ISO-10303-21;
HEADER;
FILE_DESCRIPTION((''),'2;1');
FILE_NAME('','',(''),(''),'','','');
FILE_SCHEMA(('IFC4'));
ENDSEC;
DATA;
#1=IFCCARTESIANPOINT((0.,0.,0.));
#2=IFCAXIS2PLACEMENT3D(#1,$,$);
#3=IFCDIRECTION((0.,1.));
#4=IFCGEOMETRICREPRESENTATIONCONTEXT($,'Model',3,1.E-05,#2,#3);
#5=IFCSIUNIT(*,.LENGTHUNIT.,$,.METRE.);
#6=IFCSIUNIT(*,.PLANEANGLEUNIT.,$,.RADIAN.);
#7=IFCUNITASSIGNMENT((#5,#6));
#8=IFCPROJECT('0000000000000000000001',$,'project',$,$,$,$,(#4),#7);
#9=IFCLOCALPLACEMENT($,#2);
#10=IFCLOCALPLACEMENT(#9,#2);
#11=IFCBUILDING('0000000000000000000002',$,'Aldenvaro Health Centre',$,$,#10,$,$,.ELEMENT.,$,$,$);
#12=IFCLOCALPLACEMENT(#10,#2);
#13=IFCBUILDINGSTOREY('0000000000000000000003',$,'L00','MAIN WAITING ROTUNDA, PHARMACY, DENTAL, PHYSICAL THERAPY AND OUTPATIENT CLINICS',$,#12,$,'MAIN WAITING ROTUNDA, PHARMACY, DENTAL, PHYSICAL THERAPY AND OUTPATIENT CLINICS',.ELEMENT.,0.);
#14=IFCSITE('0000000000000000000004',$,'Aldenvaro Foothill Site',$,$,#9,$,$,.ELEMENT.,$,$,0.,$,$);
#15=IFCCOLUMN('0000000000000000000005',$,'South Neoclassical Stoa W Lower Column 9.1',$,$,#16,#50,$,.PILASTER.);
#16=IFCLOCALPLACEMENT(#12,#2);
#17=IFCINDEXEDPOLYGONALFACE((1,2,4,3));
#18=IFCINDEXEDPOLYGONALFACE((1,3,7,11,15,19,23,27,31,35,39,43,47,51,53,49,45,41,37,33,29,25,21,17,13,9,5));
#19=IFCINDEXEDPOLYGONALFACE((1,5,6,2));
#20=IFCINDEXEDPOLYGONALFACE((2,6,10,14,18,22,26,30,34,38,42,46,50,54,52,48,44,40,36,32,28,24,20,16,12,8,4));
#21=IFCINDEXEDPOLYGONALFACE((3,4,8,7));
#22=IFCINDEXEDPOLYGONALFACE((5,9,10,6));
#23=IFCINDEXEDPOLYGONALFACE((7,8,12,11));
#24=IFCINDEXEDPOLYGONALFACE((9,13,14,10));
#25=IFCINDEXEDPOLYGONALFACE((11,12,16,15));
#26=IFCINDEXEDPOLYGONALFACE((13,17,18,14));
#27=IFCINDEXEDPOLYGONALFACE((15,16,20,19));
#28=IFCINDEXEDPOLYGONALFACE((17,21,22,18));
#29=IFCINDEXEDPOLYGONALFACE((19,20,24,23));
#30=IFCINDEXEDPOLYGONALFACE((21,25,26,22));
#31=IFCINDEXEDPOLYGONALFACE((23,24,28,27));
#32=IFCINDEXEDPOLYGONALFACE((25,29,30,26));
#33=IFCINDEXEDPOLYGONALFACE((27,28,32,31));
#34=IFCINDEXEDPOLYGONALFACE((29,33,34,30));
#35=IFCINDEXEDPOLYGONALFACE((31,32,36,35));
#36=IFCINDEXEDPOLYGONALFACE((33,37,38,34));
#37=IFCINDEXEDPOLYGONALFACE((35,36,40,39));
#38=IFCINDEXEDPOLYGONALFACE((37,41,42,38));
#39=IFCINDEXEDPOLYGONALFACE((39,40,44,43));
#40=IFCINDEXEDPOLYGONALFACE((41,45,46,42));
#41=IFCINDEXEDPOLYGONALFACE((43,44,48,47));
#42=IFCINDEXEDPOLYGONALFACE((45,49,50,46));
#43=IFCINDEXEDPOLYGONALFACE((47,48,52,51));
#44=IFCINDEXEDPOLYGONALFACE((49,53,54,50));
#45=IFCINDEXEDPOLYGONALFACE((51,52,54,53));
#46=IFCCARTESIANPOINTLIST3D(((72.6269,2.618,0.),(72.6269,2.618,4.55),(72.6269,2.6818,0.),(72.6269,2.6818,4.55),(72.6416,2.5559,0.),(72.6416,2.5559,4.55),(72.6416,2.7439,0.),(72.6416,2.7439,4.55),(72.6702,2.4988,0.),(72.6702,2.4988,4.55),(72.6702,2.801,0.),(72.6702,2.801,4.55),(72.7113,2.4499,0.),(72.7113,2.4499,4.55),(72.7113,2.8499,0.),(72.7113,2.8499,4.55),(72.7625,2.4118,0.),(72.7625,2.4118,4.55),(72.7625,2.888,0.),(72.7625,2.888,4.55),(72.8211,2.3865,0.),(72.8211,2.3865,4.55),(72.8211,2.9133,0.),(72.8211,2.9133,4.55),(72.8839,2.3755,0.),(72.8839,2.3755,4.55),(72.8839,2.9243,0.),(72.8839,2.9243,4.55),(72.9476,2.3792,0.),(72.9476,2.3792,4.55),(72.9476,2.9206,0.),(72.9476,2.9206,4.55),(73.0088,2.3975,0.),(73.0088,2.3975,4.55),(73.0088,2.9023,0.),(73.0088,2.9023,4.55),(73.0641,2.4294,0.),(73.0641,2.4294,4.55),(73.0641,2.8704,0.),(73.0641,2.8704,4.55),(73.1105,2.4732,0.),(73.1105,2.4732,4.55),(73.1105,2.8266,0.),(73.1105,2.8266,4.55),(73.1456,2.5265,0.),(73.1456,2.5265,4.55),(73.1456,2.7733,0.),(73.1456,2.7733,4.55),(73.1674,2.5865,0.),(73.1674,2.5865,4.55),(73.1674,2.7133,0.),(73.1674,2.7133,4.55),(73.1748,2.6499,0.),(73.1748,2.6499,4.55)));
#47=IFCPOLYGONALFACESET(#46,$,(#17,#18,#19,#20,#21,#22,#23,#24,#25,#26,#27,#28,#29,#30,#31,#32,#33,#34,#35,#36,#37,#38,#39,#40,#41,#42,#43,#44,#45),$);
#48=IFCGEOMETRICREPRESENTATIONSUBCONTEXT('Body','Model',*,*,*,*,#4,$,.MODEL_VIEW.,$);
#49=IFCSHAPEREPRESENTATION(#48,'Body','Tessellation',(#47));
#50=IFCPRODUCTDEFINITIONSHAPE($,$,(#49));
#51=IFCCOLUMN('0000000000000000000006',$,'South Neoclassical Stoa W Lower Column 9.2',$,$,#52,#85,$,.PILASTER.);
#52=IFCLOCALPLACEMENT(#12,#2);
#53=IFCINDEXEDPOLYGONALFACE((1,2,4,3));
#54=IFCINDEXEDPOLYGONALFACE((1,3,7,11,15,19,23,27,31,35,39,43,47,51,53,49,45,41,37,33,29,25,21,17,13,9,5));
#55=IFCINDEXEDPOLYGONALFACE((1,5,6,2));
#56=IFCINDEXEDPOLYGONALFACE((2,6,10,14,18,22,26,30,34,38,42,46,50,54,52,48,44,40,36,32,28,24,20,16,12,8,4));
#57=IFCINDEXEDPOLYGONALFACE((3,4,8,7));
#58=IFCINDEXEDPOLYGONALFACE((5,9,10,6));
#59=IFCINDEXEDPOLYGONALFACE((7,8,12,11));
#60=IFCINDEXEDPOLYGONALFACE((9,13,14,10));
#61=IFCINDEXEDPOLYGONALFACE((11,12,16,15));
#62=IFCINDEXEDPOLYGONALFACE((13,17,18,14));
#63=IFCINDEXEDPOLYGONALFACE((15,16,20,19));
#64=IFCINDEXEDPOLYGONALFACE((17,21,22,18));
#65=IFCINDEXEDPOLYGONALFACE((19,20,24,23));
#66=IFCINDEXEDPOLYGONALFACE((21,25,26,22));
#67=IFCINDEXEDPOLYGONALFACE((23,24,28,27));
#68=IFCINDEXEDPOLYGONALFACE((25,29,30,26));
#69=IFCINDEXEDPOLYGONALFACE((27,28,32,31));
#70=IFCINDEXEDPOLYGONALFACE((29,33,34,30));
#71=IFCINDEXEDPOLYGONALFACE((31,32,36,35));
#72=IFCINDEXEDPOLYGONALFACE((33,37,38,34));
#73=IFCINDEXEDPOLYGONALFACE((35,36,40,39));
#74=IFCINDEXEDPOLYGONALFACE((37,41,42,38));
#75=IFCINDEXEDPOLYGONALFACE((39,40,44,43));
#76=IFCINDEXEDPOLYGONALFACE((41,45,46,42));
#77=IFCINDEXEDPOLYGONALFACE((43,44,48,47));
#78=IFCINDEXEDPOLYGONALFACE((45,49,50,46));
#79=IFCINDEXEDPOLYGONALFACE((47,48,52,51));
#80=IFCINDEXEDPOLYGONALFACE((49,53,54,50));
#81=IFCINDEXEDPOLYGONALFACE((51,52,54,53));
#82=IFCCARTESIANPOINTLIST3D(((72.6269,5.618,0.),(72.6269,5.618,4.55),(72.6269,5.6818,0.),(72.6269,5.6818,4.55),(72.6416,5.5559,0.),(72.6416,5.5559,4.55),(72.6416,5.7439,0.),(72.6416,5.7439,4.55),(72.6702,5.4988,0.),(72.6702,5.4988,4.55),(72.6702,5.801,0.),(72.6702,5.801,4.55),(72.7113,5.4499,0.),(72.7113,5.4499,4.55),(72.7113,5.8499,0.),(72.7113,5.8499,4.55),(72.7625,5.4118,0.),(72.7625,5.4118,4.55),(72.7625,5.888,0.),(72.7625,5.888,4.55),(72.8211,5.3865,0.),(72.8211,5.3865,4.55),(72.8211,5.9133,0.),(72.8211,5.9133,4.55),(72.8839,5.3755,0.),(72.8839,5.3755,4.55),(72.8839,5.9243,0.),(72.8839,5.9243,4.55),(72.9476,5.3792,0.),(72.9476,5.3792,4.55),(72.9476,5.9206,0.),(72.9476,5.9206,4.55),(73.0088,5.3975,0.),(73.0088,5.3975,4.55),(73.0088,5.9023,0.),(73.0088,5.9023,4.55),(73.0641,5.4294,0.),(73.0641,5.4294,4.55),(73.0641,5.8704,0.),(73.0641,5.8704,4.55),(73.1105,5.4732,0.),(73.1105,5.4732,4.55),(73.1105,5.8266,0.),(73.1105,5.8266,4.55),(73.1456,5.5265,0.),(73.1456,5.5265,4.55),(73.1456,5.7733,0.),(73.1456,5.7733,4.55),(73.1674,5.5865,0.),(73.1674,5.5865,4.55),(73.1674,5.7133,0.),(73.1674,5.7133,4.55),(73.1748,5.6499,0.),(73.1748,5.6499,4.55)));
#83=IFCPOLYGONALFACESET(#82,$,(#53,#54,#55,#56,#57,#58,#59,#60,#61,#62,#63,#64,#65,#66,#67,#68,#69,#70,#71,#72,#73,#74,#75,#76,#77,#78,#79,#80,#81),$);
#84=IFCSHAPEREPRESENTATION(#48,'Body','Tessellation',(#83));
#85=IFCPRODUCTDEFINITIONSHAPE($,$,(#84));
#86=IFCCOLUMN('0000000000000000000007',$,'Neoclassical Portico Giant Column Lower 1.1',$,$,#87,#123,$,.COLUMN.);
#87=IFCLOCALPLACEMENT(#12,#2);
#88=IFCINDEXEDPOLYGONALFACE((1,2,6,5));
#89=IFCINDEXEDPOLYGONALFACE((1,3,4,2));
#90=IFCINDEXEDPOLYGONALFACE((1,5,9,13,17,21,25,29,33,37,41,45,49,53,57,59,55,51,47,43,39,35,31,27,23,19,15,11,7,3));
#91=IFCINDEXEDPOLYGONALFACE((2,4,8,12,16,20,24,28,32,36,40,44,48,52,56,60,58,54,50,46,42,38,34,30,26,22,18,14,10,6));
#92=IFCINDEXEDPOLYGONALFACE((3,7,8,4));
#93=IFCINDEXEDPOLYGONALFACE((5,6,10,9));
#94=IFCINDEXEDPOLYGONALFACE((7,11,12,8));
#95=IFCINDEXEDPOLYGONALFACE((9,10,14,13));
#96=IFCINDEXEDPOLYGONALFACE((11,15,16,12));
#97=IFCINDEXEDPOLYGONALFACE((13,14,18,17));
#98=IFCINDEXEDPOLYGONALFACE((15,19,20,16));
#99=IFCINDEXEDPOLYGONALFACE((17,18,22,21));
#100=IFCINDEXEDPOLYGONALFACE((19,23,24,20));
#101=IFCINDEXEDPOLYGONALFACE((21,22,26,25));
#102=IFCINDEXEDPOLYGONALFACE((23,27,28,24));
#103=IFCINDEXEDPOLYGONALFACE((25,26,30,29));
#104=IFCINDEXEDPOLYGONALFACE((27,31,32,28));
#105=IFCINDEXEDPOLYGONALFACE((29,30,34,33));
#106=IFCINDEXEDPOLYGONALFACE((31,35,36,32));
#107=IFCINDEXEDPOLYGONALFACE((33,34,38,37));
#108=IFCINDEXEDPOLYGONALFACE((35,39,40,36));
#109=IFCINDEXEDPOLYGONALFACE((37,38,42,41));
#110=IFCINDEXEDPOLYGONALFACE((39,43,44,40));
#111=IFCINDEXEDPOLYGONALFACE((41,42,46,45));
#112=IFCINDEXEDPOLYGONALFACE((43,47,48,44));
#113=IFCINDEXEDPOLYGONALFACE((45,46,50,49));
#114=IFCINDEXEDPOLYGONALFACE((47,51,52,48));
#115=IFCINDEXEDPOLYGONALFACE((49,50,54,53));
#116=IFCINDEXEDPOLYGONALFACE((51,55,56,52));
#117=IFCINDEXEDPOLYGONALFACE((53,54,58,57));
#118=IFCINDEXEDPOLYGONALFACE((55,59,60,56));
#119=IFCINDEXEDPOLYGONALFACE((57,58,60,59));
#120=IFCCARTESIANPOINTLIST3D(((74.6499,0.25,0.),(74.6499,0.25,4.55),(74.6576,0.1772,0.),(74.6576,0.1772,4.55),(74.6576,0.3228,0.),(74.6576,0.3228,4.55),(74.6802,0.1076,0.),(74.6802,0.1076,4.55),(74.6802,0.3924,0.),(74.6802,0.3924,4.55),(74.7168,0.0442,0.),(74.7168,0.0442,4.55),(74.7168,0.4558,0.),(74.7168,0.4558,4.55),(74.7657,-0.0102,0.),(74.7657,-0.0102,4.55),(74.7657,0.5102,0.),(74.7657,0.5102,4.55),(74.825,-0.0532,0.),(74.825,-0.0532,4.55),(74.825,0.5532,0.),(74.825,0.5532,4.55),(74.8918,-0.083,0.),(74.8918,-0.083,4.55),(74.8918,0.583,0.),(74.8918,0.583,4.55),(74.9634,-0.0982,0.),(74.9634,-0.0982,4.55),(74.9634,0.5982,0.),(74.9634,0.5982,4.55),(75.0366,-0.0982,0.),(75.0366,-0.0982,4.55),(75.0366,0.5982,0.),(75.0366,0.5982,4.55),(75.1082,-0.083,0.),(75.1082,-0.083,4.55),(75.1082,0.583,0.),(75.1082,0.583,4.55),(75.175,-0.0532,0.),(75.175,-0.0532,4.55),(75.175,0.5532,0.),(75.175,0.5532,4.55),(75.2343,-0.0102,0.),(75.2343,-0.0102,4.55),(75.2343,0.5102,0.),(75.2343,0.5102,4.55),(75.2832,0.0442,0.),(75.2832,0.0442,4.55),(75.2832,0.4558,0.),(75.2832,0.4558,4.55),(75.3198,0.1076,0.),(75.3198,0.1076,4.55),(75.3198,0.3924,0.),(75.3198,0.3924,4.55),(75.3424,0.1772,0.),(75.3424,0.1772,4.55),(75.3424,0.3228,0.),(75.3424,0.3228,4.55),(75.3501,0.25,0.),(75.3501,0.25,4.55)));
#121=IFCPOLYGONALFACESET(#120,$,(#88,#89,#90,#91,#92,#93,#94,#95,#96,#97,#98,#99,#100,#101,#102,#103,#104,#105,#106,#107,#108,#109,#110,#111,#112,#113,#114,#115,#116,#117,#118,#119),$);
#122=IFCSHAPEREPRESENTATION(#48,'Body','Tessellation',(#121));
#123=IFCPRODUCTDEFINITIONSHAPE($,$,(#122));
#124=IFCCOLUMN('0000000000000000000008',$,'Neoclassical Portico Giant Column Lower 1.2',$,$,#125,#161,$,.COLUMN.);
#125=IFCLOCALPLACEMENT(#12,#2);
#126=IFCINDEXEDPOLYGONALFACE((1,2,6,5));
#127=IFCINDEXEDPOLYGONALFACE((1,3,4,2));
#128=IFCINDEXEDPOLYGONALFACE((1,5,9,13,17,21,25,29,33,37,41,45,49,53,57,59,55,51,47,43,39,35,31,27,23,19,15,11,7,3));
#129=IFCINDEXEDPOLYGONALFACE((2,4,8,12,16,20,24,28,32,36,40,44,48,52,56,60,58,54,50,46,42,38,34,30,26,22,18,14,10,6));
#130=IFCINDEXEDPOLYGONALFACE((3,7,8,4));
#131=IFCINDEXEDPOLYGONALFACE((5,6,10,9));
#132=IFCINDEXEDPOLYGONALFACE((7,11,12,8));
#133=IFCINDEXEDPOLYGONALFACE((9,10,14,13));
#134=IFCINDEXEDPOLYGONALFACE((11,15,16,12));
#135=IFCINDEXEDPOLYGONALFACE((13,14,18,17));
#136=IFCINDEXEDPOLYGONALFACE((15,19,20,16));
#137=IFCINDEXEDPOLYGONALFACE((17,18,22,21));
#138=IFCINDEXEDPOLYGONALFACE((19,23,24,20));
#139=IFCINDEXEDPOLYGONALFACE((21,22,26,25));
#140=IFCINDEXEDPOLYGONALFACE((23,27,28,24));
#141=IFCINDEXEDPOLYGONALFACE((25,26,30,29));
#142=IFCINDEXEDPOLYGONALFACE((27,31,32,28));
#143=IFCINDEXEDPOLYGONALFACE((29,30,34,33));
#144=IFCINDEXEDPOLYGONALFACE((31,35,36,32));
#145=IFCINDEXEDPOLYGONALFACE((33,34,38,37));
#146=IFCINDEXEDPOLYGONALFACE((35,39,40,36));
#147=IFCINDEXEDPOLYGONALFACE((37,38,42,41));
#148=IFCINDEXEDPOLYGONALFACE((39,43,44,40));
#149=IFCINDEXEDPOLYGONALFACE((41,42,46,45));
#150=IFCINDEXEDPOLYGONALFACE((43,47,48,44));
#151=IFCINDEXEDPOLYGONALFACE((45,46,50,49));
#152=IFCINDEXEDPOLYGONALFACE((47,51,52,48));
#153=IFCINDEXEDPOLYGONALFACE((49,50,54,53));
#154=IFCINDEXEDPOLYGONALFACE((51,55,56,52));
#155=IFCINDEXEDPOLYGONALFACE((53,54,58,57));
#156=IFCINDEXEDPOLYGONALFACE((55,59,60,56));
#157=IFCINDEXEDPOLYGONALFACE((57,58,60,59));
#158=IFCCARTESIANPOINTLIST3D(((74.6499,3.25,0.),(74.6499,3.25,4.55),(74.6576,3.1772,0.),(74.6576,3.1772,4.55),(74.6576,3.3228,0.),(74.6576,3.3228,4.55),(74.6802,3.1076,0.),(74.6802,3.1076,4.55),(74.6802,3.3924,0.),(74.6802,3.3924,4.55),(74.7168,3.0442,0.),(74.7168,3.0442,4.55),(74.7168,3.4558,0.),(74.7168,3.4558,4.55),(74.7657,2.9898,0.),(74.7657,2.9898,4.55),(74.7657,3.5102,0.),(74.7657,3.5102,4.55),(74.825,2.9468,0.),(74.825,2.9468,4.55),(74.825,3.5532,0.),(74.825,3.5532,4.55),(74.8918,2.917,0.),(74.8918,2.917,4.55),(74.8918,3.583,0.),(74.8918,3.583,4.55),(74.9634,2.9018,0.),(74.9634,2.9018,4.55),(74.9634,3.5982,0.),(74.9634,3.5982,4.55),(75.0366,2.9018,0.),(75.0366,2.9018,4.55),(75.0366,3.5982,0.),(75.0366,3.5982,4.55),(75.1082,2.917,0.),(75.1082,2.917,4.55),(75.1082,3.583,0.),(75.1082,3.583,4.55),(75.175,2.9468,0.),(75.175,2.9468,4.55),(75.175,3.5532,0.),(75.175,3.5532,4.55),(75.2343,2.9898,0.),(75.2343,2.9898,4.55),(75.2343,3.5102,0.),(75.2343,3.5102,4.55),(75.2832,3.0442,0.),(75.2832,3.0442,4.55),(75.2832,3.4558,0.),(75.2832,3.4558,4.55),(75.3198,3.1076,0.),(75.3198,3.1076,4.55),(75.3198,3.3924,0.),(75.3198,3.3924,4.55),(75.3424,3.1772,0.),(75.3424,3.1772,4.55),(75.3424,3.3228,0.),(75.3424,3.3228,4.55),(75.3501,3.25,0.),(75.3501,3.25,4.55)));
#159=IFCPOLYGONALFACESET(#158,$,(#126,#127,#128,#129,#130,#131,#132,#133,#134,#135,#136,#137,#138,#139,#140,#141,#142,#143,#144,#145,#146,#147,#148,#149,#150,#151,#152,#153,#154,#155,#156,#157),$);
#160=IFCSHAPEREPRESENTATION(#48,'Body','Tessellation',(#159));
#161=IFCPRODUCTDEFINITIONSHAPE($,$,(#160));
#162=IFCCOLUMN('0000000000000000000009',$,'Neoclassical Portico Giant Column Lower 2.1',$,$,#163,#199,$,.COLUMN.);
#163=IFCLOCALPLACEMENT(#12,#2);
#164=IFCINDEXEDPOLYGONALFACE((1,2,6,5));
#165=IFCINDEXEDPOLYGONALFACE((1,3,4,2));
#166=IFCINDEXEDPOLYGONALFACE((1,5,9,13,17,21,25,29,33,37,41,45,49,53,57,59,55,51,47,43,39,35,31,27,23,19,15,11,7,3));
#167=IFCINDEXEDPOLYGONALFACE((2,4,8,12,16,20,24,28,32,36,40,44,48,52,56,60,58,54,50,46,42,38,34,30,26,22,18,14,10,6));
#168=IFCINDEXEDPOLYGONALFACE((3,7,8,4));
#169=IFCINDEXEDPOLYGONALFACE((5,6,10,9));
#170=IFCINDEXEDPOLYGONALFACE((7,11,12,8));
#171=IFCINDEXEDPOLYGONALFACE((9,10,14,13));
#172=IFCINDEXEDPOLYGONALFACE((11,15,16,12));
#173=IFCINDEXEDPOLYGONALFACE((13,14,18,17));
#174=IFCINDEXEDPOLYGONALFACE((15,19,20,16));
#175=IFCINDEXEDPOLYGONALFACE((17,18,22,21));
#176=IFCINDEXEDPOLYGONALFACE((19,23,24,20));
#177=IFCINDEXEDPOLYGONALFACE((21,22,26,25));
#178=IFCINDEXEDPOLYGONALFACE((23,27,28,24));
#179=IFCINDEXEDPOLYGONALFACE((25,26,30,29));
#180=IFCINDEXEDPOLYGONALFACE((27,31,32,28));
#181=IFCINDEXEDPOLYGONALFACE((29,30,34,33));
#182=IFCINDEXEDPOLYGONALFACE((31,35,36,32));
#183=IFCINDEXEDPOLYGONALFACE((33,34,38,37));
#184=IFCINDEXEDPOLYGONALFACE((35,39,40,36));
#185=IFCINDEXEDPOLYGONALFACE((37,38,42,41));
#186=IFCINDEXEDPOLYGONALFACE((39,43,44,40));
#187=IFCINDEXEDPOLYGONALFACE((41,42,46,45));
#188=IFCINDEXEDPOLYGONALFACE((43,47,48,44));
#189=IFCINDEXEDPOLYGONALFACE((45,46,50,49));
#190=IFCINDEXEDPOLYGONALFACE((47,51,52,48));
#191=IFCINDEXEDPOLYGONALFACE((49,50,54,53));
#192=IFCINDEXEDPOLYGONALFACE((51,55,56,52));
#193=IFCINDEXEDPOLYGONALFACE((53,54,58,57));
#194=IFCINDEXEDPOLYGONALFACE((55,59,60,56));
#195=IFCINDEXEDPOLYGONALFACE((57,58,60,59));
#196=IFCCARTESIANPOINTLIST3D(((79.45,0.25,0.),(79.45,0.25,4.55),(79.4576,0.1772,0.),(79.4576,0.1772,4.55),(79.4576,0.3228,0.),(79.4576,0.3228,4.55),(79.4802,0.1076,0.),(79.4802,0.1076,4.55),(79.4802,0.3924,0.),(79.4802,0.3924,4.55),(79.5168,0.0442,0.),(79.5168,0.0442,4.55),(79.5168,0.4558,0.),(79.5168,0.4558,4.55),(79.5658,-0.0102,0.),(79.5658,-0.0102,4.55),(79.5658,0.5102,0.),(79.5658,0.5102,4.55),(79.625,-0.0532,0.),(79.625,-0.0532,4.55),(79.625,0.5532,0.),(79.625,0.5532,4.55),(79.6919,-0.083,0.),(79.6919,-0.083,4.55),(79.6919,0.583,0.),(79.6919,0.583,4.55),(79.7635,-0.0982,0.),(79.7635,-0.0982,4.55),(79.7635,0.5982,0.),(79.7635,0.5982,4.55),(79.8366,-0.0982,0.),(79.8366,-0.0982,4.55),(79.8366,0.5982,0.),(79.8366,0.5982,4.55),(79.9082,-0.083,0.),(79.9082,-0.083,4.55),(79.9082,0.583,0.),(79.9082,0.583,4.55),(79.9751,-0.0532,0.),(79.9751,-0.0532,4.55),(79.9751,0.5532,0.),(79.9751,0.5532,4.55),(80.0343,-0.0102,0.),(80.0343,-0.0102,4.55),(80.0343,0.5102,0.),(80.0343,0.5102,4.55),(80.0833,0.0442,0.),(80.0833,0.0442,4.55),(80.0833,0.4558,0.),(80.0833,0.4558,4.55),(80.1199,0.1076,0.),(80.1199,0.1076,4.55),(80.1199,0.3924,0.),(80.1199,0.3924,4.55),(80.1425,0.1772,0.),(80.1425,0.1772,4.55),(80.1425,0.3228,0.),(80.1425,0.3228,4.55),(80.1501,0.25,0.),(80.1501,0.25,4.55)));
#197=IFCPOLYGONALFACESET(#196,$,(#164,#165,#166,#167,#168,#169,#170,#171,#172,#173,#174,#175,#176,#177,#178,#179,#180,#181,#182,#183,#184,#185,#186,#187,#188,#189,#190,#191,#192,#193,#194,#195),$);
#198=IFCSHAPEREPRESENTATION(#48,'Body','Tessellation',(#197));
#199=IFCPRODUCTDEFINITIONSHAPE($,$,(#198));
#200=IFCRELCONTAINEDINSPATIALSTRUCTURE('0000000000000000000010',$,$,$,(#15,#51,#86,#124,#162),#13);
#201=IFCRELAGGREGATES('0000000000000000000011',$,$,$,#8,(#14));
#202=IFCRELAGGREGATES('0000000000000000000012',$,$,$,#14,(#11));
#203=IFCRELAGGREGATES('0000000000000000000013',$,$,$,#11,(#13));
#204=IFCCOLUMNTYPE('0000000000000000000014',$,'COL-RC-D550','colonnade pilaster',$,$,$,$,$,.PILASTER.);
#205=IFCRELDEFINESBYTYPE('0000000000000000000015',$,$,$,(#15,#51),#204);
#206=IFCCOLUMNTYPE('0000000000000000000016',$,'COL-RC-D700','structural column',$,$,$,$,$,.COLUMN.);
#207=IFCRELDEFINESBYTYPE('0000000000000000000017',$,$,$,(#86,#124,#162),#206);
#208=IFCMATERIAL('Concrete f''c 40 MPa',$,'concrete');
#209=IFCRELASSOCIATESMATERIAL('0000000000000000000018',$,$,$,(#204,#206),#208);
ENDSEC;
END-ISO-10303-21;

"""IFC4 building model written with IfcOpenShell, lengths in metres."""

from ifc_helpers import new_model, si_unit, direction, frame, origin, origin_2d, place, context, subcontext, project, spatial, circle, extrude, material, material_profile, profile_set, type_object, element, save


model = new_model("IFC4")

# Units and contexts
model_context = context("Model", 3, precision=1e-05, world=origin(), true_north=direction((0.0, 1.0)))
body_context = subcontext(model_context, "Body", "Model", "MODEL_VIEW")
ifc_project = project(units=[si_unit("LENGTHUNIT", "METRE"), si_unit("PLANEANGLEUNIT", "RADIAN")], contexts=[model_context])

# Site, building, storey
site_placement = place(None, origin())
site = spatial("IfcSite", under=ifc_project, at=site_placement, Name="Aldenvaro Foothill Site", CompositionType="ELEMENT", RefElevation=0.0)
building_placement = place(site_placement, origin())
building = spatial("IfcBuilding", under=site, at=building_placement, Name="Aldenvaro Health Centre", CompositionType="ELEMENT")
storey_placement = place(building_placement, origin())
storey = spatial("IfcBuildingStorey", under=building, at=storey_placement, Name="L00", Description="MAIN WAITING ROTUNDA, PHARMACY, DENTAL, PHYSICAL THERAPY AND OUTPATIENT CLINICS", LongName="MAIN WAITING ROTUNDA, PHARMACY, DENTAL, PHYSICAL THERAPY AND OUTPATIENT CLINICS", CompositionType="ELEMENT", Elevation=0.0)

# Columns
ifc_material_1 = material(Name="Concrete f'c 40 MPa", Category="concrete")
ifc_material_profile_1 = material_profile(ifc_material_1, circle(Radius=0.2749, at=origin_2d()), Name="RC D550", Category="concrete")
ifc_profile_set_1 = profile_set([ifc_material_profile_1], Name="Concrete f'c 40 MPa")
column_type_1 = type_object("IfcColumnType", Name="COL-RC-D550", Description="colonnade pilaster", PredefinedType="PILASTER", material=ifc_profile_set_1)
for number, where, z_axis, x_axis, name in (
    (1, (72.8999, 2.6499, 0.0), (0.0, 0.0, 1.0), (1.0, 0.0, 0.0), "South Neoclassical Stoa W Lower Column 9.1"),
    (2, (72.8999, 5.6499, 0.0), (0.0, 0.0, 1.0), (1.0, 0.0, 0.0), "South Neoclassical Stoa W Lower Column 9.2"),
):
    element("IfcColumn", number, at=place(storey_placement, frame(where, z_axis=z_axis, x_axis=x_axis)), inside=storey, type_object=column_type_1, Name=name, PredefinedType="PILASTER", context=body_context, shape_type="SweptSolid", body=[
        extrude(circle(Radius=0.2749, at=origin_2d()), origin(), (0.0, 0.0, 1.0), 4.55),
    ])
ifc_material_profile_2 = material_profile(ifc_material_1, circle(Radius=0.3501, at=origin_2d()), Name="RC D700", Category="concrete")
ifc_profile_set_2 = profile_set([ifc_material_profile_2], Name="Concrete f'c 40 MPa")
column_type_2 = type_object("IfcColumnType", Name="COL-RC-D700", Description="structural column", PredefinedType="COLUMN", material=ifc_profile_set_2)
for number, where, z_axis, x_axis, name in (
    (3, (75.0, 0.25, 0.0), (0.0, 0.0, 1.0), (1.0, 0.0, 0.0), "Neoclassical Portico Giant Column Lower 1.1"),
    (4, (75.0, 3.25, 0.0), (0.0, 0.0, 1.0), (1.0, 0.0, 0.0), "Neoclassical Portico Giant Column Lower 1.2"),
    (5, (79.8, 0.25, 0.0), (0.0, 0.0, 1.0), (1.0, 0.0, 0.0), "Neoclassical Portico Giant Column Lower 2.1"),
):
    element("IfcColumn", number, at=place(storey_placement, frame(where, z_axis=z_axis, x_axis=x_axis)), inside=storey, type_object=column_type_2, Name=name, PredefinedType="COLUMN", context=body_context, shape_type="SweptSolid", body=[
        extrude(circle(Radius=0.3501, at=origin_2d()), origin(), (0.0, 0.0, 1.0), 4.55),
    ])

save(model, "model.ifc")
